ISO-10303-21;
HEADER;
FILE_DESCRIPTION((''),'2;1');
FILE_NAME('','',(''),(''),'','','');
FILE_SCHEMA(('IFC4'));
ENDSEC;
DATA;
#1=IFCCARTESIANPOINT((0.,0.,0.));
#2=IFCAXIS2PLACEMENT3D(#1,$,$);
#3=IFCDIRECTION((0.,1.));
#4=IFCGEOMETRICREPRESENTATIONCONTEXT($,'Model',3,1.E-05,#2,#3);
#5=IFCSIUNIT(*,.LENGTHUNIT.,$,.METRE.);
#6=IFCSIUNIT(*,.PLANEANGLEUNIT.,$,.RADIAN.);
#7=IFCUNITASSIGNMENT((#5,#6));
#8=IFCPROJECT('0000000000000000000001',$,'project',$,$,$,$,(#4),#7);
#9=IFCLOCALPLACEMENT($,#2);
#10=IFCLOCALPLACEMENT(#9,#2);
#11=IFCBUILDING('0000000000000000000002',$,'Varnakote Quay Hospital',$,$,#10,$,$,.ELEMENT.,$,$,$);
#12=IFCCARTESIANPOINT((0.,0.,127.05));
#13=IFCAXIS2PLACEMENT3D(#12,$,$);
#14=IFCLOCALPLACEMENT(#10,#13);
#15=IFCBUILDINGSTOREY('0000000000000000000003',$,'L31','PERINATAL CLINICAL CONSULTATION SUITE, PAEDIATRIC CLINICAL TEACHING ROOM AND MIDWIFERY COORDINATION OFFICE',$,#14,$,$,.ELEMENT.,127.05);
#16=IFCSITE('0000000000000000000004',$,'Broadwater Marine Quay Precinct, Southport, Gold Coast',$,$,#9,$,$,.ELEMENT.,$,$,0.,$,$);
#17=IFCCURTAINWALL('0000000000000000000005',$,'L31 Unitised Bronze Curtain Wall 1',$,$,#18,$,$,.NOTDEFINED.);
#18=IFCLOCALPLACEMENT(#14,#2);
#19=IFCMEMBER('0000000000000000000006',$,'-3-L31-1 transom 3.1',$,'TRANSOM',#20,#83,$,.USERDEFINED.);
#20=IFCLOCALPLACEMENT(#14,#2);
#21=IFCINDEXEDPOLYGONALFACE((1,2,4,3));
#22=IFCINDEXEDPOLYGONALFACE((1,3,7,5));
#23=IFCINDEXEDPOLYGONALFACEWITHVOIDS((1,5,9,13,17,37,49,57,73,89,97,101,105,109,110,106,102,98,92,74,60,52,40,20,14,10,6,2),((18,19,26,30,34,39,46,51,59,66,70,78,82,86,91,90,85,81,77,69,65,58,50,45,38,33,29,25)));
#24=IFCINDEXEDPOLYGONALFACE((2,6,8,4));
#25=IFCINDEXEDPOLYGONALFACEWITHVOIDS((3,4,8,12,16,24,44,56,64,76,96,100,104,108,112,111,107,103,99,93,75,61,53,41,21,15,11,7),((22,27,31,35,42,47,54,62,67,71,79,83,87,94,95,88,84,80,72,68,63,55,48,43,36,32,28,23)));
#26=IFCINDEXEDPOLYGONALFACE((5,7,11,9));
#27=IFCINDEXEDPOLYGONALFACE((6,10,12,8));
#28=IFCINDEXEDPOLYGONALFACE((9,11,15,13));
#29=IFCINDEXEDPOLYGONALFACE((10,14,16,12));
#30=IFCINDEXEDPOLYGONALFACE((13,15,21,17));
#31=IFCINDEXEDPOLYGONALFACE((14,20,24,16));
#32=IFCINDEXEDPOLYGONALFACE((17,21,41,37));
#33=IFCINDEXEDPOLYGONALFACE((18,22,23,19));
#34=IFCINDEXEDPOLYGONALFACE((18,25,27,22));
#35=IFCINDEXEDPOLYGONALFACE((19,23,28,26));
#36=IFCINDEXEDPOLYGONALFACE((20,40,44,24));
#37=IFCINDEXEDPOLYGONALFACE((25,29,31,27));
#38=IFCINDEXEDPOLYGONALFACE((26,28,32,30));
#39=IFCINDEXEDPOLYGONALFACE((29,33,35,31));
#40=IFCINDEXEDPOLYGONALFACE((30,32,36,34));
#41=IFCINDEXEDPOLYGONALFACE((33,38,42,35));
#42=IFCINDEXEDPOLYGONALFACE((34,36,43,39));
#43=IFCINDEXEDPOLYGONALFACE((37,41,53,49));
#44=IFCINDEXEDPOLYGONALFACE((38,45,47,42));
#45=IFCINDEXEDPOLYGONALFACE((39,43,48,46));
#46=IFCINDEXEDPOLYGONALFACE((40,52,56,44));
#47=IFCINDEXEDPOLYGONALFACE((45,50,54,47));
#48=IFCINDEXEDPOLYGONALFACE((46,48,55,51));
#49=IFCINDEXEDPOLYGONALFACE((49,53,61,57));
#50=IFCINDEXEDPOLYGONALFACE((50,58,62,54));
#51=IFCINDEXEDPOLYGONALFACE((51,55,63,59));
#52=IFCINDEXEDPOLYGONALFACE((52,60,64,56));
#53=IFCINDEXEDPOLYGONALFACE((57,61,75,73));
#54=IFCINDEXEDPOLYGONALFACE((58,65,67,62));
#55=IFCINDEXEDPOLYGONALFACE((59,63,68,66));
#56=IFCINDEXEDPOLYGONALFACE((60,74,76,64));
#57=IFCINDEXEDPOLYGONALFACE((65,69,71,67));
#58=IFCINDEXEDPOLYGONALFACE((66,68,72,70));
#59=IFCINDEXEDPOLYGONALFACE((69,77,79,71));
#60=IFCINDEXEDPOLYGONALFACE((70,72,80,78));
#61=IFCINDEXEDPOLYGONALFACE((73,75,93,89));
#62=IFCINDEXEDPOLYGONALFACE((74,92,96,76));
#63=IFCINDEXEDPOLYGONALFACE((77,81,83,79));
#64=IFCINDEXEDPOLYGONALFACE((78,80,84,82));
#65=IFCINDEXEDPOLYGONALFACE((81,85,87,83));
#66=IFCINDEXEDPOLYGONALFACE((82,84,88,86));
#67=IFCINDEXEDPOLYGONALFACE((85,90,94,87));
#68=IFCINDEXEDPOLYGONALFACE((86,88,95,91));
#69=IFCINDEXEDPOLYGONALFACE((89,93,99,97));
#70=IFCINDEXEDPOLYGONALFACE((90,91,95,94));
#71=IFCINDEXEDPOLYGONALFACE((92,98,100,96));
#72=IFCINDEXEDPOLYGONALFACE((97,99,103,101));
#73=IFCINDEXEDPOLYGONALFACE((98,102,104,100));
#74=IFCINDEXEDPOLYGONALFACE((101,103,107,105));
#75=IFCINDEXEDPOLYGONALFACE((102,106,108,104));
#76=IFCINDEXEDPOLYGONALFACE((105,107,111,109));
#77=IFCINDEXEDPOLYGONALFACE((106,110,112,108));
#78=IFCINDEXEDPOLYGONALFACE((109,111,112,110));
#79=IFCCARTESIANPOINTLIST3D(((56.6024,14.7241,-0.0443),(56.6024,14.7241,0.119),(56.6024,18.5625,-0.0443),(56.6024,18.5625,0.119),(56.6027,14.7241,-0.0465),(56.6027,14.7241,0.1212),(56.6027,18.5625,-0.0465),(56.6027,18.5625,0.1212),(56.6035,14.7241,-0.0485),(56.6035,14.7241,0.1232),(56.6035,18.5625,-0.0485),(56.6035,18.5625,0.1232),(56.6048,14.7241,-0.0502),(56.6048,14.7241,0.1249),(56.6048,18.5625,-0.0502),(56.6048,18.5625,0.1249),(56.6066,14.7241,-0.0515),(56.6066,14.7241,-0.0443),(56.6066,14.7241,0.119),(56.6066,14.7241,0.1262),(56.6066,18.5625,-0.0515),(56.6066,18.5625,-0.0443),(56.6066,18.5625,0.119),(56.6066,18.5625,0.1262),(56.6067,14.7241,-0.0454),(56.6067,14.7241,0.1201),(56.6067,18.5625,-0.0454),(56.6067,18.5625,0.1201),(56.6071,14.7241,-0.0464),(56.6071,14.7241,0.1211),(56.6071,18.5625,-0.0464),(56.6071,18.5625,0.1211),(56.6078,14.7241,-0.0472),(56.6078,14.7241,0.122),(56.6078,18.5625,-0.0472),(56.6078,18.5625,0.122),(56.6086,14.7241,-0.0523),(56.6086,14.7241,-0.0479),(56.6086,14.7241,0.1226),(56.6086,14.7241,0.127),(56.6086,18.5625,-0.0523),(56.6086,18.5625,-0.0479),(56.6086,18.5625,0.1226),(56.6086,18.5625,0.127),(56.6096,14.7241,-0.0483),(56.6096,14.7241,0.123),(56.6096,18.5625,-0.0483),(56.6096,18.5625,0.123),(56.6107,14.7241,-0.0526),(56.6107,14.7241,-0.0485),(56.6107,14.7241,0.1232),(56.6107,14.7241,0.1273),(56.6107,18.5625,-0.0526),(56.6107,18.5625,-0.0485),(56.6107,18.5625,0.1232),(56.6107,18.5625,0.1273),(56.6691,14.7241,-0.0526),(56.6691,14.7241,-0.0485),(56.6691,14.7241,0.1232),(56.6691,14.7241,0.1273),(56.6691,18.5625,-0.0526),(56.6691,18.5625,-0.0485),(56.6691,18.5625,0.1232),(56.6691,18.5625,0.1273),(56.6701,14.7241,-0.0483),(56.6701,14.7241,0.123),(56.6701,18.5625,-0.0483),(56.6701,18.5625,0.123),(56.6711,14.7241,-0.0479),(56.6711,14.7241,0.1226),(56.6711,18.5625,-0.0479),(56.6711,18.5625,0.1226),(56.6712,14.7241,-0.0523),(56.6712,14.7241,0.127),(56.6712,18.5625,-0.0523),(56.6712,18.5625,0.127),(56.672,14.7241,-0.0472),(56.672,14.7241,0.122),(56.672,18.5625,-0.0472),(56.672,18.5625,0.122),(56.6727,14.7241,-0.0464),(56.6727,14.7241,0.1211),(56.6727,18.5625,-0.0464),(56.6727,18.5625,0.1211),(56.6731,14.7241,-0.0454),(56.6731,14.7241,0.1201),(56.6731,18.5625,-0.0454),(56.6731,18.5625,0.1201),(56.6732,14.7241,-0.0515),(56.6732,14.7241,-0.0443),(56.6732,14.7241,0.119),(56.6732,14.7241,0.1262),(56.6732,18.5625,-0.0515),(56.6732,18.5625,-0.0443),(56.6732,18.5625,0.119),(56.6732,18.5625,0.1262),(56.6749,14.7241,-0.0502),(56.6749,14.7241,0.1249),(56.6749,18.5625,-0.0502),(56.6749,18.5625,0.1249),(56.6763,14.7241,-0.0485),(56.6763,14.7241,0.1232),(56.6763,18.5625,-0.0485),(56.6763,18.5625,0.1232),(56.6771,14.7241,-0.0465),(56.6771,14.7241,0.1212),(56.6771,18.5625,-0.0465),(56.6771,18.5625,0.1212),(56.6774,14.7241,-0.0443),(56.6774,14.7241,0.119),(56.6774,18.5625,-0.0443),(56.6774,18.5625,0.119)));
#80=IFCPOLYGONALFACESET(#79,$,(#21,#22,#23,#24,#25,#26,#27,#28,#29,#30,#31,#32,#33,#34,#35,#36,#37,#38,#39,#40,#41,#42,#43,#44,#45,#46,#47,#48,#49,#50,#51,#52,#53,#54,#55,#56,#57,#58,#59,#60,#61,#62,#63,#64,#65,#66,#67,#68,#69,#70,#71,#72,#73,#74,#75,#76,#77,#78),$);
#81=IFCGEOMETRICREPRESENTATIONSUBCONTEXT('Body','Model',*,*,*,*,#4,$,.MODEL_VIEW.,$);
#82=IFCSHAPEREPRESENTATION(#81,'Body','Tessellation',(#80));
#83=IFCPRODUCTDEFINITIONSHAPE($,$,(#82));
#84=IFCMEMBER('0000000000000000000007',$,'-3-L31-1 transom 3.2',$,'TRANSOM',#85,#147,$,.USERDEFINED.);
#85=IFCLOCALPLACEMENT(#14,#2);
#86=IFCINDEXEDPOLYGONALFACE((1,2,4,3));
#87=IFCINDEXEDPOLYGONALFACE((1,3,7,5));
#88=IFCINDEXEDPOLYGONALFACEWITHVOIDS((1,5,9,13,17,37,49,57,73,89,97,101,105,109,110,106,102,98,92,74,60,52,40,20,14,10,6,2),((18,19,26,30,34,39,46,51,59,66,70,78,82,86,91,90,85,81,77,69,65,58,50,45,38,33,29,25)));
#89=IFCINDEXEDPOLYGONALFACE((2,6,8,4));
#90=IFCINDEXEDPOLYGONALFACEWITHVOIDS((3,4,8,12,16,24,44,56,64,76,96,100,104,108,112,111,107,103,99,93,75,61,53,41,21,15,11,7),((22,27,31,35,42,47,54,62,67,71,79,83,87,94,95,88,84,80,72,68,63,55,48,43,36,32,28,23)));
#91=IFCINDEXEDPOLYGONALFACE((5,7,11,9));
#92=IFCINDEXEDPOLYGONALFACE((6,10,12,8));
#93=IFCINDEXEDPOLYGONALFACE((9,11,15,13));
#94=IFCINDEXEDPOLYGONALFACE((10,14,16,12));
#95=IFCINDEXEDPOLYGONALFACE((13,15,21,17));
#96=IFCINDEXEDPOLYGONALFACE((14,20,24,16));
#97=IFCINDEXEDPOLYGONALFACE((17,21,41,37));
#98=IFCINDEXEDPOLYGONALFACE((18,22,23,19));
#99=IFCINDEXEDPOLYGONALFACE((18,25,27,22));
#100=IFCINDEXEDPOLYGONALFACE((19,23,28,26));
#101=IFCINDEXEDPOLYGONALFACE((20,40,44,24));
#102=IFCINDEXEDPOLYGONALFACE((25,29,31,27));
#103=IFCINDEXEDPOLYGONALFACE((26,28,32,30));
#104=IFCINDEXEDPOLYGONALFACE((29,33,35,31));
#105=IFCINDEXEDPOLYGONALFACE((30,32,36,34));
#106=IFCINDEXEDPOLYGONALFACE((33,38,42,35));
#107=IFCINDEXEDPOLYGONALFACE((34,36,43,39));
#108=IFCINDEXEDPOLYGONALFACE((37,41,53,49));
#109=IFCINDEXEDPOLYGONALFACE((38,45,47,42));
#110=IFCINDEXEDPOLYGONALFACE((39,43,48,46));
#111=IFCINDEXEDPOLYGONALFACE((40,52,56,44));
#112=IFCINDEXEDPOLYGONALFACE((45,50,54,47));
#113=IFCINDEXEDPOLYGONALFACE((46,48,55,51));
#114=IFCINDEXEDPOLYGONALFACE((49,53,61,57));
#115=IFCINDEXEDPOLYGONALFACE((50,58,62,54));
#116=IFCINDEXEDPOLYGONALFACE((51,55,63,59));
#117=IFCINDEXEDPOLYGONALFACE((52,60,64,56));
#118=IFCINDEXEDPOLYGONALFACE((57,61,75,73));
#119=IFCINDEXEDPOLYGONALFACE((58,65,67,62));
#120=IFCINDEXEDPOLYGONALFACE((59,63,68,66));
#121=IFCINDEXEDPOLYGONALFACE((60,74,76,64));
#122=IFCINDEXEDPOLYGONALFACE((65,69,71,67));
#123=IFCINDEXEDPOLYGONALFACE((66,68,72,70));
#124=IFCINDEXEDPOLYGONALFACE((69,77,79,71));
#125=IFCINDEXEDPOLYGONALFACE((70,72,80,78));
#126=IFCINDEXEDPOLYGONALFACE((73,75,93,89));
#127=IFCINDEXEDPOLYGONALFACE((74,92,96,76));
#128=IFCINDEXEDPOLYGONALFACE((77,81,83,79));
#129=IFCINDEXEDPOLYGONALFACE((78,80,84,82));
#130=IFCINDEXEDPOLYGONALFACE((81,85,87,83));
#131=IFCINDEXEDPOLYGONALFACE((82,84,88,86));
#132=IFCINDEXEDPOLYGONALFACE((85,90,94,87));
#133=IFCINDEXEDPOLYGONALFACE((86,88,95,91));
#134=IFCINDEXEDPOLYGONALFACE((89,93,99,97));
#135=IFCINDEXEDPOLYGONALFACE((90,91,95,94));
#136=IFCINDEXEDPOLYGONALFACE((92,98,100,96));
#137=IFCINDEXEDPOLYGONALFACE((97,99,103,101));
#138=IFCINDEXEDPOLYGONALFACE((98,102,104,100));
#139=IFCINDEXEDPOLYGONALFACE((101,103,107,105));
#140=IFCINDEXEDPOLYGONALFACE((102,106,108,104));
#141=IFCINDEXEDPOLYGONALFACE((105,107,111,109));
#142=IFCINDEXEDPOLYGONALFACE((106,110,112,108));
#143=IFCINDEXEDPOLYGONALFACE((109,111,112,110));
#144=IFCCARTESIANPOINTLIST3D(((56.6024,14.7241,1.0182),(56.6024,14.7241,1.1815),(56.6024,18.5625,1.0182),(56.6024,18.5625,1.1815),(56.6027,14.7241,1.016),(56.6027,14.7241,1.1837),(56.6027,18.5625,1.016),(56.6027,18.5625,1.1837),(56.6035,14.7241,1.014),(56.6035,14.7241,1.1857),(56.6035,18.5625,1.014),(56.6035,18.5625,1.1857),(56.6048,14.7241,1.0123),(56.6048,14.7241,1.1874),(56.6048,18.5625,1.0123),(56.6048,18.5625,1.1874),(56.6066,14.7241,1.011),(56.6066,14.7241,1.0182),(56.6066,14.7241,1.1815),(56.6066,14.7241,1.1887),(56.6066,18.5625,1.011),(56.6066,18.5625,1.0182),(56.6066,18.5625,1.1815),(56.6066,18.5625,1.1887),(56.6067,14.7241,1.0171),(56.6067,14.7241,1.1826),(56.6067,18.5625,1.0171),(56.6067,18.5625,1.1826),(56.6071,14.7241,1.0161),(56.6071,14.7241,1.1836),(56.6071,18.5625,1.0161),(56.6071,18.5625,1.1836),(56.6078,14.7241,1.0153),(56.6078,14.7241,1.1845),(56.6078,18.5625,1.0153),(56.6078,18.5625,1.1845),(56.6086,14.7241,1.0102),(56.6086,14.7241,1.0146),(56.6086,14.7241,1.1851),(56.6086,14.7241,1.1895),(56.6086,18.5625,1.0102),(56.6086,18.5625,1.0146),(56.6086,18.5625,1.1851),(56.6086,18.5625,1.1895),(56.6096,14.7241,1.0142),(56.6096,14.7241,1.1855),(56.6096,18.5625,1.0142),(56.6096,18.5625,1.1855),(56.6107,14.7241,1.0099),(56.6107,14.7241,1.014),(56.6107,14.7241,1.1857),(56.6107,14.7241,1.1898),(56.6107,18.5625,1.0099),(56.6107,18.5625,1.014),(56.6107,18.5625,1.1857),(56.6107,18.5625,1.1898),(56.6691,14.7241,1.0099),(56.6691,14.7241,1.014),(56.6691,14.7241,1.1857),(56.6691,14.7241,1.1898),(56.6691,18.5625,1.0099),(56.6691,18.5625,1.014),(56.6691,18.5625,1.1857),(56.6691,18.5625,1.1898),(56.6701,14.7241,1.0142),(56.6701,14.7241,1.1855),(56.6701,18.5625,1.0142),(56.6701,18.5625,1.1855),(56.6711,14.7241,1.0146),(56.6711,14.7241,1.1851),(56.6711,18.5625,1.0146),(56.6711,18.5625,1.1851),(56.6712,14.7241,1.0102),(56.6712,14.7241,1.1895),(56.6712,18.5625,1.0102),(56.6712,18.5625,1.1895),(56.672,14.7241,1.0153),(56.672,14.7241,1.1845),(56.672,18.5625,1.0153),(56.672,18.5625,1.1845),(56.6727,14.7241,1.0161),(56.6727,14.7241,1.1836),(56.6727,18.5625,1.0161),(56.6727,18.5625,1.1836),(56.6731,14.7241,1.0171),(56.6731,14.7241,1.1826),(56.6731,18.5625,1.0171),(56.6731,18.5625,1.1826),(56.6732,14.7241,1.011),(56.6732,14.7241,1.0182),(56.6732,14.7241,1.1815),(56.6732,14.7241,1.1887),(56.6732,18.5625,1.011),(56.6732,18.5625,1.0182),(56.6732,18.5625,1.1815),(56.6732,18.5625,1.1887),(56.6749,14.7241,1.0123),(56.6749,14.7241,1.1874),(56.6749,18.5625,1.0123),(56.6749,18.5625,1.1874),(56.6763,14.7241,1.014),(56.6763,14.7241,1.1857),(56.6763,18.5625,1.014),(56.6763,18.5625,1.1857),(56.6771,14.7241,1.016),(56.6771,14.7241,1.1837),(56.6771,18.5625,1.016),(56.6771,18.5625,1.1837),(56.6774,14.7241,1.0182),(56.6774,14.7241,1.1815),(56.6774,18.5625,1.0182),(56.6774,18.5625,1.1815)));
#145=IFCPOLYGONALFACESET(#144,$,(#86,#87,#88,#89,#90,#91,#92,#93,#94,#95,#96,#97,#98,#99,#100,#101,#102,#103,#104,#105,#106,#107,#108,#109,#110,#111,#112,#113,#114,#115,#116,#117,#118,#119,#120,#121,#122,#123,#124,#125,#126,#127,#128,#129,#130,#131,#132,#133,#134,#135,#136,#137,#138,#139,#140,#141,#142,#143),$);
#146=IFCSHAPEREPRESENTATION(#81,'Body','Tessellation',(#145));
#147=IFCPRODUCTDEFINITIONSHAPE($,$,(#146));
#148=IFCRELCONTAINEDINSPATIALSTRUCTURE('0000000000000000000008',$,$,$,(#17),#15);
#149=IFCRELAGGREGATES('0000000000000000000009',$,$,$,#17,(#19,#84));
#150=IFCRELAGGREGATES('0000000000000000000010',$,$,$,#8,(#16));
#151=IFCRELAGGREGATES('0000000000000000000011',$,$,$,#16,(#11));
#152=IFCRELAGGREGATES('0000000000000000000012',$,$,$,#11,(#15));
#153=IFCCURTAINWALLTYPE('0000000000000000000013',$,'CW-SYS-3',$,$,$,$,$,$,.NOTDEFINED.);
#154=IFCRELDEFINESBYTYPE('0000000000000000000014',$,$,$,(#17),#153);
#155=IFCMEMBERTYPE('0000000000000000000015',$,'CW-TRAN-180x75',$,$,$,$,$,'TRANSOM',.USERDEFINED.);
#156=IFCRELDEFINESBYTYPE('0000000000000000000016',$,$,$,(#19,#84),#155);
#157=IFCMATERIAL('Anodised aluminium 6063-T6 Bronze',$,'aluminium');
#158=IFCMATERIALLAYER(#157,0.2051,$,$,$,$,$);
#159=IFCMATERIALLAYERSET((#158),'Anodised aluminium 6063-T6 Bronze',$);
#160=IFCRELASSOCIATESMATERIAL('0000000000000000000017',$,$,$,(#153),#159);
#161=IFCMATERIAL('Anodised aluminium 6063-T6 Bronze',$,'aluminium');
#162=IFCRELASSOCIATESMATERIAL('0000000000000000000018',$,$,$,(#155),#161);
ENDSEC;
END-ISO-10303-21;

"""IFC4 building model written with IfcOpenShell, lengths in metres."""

from ifc_helpers import new_model, si_unit, direction, frame, origin, origin_2d, place, context, subcontext, project, spatial, hollow_rectangle, extrude, material, layer, layer_set, material_profile, profile_set, type_object, element, aggregate, save


model = new_model("IFC4")

# Units and contexts
model_context = context("Model", 3, precision=1e-05, world=origin(), true_north=direction((0.0, 1.0)))
body_context = subcontext(model_context, "Body", "Model", "MODEL_VIEW")
ifc_project = project(units=[si_unit("LENGTHUNIT", "METRE"), si_unit("PLANEANGLEUNIT", "RADIAN")], contexts=[model_context])

# Site, building, storey
site_placement = place(None, origin())
site = spatial("IfcSite", under=ifc_project, at=site_placement, Name="Broadwater Marine Quay Precinct, Southport, Gold Coast", CompositionType="ELEMENT", RefElevation=0.0)
building_placement = place(site_placement, origin())
building = spatial("IfcBuilding", under=site, at=building_placement, Name="Varnakote Quay Hospital", CompositionType="ELEMENT")
storey_placement = place(building_placement, frame((0.0, 0.0, 127.05)))
storey = spatial("IfcBuildingStorey", under=building, at=storey_placement, Name="L31", Description="PERINATAL CLINICAL CONSULTATION SUITE, PAEDIATRIC CLINICAL TEACHING ROOM AND MIDWIFERY COORDINATION OFFICE", CompositionType="ELEMENT", Elevation=127.05)

# Curtain wall, members
ifc_material_1 = material(Name="Anodised aluminium 6063-T6 Bronze", Category="aluminium")
ifc_layer_1 = layer(ifc_material_1, 0.2051)
ifc_layer_set_1 = layer_set([ifc_layer_1], Name="Anodised aluminium 6063-T6 Bronze")
curtain_wall_type = type_object("IfcCurtainWallType", Name="CW-SYS-3", PredefinedType="NOTDEFINED", material=ifc_layer_set_1)
curtain_wall_placement = place(storey_placement, origin())
curtain_wall = element("IfcCurtainWall", 1, at=curtain_wall_placement, inside=storey, type_object=curtain_wall_type, Name="L31 Unitised Bronze Curtain Wall 1", PredefinedType="NOTDEFINED")
ifc_material_2 = material(Name="Anodised aluminium 6063-T6 Bronze", Category="aluminium")
ifc_material_profile_1 = material_profile(ifc_material_2, hollow_rectangle(XDim=0.075, YDim=0.1799, WallThickness=0.0042, InnerFilletRadius=0.0042, OuterFilletRadius=0.0083, at=origin_2d()), Name="CW-TRAN-180x75")
ifc_profile_set_1 = profile_set([ifc_material_profile_1], Name="Anodised aluminium 6063-T6 Bronze")
member_type_1 = type_object("IfcMemberType", Name="CW-TRAN-180x75", ElementType="TRANSOM", PredefinedType="USERDEFINED", material=ifc_profile_set_1)
member_1_placement = place(storey_placement, frame((56.6399, 14.7241, 0.0374), z_axis=(0.0, 1.0, 0.0), x_axis=(-1.0, 0.0, 0.0)))
member_1 = element("IfcMember", 2, at=member_1_placement, type_object=member_type_1, Name="-3-L31-1 transom 3.1", ObjectType="TRANSOM", PredefinedType="USERDEFINED", context=body_context, shape_type="SweptSolid", body=[
    extrude(hollow_rectangle(XDim=0.075, YDim=0.1799, WallThickness=0.0042, InnerFilletRadius=0.0042, OuterFilletRadius=0.0083, at=origin_2d()), origin(), (0.0, 0.0, 1.0), 3.8384),
])
member_2_placement = place(storey_placement, frame((56.6399, 14.7241, 1.0999), z_axis=(0.0, 1.0, 0.0), x_axis=(-1.0, 0.0, 0.0)))
member_2 = element("IfcMember", 3, at=member_2_placement, type_object=member_type_1, Name="-3-L31-1 transom 3.2", ObjectType="TRANSOM", PredefinedType="USERDEFINED", context=body_context, shape_type="SweptSolid", body=[
    extrude(hollow_rectangle(XDim=0.075, YDim=0.1799, WallThickness=0.0042, InnerFilletRadius=0.0042, OuterFilletRadius=0.0083, at=origin_2d()), origin(), (0.0, 0.0, 1.0), 3.8384),
])
aggregate(curtain_wall, [member_1, member_2])

save(model, "model.ifc")
